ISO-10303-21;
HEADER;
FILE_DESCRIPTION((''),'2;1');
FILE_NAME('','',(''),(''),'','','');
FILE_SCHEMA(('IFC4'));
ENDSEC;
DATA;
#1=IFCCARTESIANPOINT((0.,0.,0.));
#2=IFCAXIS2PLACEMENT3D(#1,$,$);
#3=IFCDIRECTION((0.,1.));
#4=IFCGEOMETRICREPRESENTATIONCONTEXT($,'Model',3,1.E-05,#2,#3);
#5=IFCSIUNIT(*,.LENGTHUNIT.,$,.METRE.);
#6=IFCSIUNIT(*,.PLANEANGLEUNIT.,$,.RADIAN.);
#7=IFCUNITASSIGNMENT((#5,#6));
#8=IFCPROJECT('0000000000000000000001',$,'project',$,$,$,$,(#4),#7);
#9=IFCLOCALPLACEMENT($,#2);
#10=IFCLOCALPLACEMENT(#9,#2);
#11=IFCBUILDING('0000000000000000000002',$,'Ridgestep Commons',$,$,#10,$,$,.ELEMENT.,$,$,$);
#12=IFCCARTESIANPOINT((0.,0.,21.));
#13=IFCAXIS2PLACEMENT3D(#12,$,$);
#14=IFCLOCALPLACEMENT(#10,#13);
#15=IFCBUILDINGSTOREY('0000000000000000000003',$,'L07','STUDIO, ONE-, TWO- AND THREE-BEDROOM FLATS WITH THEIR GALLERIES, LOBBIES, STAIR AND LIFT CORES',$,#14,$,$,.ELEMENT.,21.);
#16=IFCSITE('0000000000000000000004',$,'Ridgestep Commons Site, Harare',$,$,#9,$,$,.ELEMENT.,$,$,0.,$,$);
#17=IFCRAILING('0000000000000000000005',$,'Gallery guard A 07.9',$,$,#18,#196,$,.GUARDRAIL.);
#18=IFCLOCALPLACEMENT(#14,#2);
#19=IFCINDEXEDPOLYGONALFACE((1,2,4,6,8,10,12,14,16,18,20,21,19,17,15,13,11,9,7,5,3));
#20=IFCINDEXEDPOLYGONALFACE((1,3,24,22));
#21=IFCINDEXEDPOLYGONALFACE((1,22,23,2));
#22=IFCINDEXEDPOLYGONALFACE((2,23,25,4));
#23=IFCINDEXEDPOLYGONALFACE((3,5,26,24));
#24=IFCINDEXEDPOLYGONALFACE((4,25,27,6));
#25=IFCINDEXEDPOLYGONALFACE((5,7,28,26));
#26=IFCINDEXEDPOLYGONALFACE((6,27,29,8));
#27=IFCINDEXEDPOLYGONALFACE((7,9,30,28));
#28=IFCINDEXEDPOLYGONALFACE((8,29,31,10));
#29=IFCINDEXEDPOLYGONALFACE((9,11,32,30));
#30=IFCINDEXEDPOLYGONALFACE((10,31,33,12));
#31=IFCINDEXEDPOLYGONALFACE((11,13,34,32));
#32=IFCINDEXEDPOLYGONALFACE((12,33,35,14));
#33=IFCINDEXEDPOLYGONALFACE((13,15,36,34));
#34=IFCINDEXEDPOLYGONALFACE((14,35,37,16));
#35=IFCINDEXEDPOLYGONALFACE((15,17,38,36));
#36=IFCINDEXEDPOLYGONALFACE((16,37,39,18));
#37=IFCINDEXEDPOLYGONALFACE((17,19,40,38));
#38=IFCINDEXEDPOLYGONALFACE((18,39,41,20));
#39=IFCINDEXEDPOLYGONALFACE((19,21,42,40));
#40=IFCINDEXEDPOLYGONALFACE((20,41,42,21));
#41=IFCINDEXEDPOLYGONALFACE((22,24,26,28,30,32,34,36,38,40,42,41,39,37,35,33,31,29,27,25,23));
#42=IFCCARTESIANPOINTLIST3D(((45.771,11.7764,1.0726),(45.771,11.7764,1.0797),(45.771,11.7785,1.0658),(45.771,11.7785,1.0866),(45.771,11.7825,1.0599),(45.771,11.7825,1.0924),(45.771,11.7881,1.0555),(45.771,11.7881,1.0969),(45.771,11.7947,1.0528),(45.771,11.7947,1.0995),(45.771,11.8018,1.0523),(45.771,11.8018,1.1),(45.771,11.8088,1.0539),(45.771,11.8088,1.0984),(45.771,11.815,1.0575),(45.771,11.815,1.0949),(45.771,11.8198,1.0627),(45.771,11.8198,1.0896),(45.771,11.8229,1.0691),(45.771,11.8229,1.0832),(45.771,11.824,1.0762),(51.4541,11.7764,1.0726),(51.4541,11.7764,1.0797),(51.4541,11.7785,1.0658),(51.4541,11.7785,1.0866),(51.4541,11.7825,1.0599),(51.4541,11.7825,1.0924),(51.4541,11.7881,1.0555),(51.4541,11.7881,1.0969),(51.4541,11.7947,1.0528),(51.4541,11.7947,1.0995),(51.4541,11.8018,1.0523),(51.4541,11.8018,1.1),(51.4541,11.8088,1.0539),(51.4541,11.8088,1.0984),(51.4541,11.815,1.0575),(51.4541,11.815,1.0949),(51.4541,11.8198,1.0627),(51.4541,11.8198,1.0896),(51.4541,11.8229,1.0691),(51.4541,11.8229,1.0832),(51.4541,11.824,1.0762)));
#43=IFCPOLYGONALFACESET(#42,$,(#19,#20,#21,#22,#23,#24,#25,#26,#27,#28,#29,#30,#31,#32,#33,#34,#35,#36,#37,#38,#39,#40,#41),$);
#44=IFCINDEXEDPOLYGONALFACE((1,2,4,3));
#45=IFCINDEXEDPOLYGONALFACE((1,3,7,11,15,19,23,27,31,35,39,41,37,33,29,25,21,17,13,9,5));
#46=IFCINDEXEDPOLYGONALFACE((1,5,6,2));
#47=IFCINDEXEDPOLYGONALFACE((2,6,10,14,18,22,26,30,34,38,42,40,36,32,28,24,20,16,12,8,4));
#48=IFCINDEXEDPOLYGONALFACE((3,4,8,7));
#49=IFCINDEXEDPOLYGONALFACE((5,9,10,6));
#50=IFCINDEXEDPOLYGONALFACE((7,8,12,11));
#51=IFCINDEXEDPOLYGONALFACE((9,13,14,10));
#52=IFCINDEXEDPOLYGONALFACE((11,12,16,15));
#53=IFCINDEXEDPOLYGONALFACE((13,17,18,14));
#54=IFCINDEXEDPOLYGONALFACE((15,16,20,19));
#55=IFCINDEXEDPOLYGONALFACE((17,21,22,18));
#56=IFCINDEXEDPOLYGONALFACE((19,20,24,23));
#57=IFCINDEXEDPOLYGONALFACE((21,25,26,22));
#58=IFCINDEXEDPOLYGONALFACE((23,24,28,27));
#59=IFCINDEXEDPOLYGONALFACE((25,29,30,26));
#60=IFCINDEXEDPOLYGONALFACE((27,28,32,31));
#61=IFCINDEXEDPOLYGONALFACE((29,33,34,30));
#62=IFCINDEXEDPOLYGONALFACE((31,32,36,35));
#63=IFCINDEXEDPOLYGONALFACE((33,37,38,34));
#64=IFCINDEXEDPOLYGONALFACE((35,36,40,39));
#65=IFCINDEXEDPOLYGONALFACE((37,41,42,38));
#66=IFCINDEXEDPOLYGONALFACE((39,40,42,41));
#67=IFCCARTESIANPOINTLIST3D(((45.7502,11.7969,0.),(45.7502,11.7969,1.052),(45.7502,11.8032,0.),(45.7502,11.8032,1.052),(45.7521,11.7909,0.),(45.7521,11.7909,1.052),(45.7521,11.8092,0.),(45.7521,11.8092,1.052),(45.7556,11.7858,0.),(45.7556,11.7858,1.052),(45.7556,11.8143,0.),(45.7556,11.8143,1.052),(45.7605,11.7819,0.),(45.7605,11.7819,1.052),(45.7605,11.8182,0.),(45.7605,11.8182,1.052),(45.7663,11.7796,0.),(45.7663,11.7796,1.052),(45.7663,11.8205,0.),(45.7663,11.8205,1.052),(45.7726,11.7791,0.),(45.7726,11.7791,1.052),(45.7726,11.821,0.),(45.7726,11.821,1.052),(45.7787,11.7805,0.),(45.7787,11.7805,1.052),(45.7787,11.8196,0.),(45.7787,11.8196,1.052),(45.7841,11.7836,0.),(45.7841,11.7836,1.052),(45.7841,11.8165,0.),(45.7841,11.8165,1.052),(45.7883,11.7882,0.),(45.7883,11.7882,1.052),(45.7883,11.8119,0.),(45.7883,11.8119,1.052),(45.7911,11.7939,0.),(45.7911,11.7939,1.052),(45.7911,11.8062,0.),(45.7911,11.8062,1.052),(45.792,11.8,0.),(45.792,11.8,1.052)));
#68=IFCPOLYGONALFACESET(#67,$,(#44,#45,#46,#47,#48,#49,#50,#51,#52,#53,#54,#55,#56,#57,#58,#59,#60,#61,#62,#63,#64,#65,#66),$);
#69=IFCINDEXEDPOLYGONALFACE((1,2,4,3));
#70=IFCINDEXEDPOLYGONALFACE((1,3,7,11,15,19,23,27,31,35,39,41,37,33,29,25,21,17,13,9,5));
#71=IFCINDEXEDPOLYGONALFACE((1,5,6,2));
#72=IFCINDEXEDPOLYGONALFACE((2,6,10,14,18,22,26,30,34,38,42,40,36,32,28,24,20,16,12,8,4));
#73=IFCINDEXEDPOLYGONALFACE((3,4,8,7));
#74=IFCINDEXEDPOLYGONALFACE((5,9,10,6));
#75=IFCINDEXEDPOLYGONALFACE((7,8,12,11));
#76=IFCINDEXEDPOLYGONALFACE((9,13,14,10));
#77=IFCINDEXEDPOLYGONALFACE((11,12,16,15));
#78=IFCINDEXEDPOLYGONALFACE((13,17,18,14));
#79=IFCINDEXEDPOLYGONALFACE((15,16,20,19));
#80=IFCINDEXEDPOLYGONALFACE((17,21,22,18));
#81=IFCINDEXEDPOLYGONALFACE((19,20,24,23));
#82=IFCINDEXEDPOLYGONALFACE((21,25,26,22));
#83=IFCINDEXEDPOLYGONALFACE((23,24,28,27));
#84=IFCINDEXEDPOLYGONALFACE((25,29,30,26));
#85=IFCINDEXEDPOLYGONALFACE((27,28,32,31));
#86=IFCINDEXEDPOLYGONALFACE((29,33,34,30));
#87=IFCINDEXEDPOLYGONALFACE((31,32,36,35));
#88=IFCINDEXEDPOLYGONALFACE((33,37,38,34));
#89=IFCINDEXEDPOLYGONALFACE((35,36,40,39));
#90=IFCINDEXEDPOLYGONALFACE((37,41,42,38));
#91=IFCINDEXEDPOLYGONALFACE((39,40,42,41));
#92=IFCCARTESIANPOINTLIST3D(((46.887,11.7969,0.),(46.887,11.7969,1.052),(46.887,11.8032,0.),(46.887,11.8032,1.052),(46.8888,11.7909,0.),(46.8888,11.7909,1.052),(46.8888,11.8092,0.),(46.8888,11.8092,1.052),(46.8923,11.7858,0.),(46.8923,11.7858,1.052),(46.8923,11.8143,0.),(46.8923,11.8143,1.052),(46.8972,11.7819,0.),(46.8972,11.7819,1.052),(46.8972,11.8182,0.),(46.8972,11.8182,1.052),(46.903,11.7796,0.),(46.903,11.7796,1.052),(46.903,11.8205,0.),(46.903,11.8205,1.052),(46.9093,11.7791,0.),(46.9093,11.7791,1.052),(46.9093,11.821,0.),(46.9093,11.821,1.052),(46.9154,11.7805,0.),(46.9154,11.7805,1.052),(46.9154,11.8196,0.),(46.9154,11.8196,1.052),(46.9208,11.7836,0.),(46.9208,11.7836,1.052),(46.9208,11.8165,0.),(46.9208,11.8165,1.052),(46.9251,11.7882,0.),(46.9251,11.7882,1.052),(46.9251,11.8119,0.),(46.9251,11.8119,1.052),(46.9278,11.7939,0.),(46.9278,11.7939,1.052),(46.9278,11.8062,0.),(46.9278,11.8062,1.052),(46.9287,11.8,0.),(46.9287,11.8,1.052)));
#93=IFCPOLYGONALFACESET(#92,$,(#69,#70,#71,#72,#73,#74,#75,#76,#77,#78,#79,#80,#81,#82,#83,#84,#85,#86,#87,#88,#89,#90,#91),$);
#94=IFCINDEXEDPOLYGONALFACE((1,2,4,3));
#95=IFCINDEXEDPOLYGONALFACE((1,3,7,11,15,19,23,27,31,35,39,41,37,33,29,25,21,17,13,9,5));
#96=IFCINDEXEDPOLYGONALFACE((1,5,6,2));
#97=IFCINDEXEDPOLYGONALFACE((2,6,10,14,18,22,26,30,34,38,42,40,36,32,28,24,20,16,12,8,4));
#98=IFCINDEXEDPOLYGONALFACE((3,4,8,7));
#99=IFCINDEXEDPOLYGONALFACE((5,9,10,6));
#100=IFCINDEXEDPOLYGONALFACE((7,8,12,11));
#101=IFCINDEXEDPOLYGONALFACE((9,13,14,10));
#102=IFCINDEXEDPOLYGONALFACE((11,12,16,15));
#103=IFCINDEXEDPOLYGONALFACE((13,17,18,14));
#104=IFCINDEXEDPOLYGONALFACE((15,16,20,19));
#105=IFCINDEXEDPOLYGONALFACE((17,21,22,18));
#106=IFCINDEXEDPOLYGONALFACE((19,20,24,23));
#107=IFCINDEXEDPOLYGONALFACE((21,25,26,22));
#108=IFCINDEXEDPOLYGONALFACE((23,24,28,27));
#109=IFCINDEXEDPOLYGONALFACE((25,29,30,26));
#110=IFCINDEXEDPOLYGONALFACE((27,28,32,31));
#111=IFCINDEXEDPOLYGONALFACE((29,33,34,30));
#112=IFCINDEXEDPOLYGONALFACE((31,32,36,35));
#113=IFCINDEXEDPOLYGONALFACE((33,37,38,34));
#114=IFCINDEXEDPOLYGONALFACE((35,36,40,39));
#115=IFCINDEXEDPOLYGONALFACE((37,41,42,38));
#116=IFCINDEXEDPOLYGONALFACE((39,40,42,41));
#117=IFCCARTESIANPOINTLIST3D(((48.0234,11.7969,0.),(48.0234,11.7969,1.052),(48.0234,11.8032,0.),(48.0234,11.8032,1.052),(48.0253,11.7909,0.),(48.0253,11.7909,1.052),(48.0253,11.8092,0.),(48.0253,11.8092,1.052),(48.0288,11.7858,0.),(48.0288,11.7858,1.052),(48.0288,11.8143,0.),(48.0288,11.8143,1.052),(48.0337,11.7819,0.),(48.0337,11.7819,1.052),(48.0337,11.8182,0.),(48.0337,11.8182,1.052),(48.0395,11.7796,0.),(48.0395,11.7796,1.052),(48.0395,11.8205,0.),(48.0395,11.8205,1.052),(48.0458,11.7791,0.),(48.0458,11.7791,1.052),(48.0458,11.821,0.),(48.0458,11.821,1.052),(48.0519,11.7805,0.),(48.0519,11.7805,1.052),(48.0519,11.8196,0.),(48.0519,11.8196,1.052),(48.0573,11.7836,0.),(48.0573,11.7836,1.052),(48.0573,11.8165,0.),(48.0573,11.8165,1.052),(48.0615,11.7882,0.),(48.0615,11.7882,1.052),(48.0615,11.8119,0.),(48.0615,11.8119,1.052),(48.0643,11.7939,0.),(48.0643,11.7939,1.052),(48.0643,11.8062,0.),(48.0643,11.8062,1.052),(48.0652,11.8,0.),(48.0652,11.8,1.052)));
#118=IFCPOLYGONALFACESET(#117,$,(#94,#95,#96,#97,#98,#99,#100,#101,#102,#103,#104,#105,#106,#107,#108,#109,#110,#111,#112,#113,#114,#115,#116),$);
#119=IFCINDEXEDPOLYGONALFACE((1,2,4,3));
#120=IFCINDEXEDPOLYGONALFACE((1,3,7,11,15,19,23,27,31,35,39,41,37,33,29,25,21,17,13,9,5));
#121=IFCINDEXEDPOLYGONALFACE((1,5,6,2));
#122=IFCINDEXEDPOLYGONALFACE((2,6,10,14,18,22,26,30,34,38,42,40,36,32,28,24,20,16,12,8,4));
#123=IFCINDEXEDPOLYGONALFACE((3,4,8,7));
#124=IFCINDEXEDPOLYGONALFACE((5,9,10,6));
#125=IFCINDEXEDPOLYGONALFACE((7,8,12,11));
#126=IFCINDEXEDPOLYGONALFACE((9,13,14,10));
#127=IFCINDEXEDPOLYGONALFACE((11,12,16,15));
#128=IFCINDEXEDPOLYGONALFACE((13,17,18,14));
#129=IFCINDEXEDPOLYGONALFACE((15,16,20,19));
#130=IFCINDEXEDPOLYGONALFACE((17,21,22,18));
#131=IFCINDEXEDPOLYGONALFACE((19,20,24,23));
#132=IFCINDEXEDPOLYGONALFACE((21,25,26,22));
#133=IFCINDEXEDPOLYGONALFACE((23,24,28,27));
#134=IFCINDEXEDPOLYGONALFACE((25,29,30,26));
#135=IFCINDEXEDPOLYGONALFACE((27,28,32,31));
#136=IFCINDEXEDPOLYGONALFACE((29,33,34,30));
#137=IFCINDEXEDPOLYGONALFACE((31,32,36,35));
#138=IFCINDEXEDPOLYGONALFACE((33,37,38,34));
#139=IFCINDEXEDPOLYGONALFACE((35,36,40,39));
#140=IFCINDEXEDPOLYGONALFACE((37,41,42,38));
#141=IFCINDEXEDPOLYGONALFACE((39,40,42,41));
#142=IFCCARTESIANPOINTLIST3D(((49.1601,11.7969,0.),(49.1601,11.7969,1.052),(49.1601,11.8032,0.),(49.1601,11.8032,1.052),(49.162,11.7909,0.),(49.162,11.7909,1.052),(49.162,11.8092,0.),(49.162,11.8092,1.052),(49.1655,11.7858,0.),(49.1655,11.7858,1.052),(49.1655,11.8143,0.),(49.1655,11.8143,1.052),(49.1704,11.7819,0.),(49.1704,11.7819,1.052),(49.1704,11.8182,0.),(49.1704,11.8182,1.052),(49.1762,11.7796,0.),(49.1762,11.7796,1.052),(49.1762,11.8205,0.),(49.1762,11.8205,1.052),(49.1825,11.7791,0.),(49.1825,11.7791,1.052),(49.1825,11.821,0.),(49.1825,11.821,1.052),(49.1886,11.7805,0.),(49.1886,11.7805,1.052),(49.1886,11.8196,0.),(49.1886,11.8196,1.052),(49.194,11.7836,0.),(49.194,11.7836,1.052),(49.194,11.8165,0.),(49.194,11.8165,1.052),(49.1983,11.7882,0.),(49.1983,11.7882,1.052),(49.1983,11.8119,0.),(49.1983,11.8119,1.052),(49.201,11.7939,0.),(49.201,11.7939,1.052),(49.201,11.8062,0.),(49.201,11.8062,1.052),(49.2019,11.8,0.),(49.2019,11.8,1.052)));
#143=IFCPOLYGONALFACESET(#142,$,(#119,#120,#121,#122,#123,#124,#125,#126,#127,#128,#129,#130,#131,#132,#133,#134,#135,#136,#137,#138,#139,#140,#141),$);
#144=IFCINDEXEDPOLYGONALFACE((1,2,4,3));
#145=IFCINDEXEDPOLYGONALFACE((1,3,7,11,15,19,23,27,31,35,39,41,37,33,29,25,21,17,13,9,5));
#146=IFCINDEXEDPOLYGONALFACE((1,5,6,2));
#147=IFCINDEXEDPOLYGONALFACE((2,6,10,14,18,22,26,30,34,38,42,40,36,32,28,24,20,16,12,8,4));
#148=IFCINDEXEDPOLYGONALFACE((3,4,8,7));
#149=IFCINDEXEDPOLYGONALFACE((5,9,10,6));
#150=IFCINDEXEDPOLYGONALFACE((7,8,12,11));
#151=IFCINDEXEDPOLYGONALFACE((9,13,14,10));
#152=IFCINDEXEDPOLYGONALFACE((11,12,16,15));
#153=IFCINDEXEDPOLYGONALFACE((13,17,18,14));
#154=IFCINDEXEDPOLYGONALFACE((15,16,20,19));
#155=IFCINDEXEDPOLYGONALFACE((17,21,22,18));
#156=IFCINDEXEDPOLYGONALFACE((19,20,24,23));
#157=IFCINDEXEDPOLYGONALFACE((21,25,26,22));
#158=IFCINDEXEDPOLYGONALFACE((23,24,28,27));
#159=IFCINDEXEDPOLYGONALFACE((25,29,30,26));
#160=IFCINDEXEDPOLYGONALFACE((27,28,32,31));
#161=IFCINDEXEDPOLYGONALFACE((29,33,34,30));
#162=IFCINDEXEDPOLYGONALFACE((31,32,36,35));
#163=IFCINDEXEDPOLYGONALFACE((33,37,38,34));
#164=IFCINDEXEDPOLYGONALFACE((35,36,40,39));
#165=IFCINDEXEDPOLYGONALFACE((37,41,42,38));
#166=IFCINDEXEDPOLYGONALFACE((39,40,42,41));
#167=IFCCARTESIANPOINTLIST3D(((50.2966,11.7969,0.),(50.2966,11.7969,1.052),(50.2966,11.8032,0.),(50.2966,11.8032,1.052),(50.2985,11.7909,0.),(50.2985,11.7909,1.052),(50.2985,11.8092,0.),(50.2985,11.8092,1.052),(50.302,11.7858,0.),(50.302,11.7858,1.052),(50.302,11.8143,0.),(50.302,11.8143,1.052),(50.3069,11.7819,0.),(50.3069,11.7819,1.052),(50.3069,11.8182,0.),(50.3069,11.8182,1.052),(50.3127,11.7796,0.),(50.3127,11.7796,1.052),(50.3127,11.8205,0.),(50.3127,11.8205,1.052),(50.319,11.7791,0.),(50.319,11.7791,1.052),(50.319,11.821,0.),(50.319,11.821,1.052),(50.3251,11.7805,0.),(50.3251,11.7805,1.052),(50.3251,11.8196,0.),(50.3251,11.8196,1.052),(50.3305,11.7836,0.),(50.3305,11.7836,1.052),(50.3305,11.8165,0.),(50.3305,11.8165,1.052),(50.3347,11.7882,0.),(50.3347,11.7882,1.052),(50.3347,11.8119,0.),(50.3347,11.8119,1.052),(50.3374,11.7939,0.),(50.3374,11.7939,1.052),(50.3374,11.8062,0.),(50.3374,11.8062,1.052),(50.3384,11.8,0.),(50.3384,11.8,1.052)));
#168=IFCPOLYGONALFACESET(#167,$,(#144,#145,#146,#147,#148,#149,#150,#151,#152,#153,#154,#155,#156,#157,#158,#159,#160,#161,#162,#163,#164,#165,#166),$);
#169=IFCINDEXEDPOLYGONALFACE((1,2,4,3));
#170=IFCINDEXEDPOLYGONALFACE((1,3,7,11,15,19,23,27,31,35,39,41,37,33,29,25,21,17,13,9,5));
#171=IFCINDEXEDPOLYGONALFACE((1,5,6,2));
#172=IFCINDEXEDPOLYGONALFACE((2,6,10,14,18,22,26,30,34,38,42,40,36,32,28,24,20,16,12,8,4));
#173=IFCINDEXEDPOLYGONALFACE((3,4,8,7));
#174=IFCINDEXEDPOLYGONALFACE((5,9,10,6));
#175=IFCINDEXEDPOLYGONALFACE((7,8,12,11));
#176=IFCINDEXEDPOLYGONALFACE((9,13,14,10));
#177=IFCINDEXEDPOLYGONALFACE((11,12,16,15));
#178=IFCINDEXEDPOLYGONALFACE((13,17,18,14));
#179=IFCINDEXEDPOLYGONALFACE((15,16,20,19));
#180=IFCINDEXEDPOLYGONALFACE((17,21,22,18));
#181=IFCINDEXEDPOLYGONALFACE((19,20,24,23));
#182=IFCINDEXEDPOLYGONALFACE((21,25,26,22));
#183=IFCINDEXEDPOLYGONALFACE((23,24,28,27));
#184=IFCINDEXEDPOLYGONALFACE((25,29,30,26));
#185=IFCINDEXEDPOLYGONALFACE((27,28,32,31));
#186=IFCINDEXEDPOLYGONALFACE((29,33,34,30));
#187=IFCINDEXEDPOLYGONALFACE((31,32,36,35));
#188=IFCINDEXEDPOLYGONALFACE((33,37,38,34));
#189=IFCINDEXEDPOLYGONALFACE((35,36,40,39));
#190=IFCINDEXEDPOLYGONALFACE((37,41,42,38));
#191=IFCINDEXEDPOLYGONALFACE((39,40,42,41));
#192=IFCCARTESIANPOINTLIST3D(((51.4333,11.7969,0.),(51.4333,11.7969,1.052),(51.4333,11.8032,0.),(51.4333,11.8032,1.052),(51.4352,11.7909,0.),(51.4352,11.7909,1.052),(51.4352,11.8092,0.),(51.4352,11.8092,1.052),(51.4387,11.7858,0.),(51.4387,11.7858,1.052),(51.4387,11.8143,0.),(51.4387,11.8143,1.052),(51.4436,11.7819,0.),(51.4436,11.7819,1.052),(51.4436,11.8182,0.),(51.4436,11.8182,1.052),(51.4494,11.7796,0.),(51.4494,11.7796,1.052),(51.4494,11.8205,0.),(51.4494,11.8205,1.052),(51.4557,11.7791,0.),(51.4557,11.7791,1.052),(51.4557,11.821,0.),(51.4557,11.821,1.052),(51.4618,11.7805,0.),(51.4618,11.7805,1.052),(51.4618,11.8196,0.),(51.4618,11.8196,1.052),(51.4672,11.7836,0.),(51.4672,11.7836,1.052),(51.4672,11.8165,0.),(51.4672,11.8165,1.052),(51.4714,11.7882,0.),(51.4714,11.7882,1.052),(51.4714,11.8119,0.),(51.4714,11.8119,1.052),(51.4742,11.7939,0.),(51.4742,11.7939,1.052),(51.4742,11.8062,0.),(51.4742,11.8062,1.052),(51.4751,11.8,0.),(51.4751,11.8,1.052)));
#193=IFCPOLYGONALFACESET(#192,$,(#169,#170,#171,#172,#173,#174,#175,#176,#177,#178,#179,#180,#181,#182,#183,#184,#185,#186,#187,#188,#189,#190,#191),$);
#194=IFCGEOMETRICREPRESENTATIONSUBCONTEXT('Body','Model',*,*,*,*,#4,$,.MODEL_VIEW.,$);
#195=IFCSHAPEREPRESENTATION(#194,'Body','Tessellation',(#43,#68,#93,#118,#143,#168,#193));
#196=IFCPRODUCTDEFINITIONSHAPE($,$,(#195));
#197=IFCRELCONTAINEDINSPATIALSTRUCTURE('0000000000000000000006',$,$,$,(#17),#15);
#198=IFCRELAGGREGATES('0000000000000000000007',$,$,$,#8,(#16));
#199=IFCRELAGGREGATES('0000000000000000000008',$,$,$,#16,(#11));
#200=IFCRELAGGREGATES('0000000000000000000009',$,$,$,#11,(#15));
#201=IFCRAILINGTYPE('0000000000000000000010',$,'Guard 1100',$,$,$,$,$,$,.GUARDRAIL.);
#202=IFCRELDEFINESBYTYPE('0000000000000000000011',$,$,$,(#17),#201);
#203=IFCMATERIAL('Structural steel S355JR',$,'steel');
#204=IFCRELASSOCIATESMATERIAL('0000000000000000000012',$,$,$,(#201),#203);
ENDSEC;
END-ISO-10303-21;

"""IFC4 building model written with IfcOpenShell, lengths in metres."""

from ifc_helpers import new_model, si_unit, direction, frame, origin, origin_2d, place, context, subcontext, project, spatial, circle, extrude, material, type_object, element, save


model = new_model("IFC4")

# Units and contexts
model_context = context("Model", 3, precision=1e-05, world=origin(), true_north=direction((0.0, 1.0)))
body_context = subcontext(model_context, "Body", "Model", "MODEL_VIEW")
ifc_project = project(units=[si_unit("LENGTHUNIT", "METRE"), si_unit("PLANEANGLEUNIT", "RADIAN")], contexts=[model_context])

# Site, building, storey
site_placement = place(None, origin())
site = spatial("IfcSite", under=ifc_project, at=site_placement, Name="Ridgestep Commons Site, Harare", CompositionType="ELEMENT", RefElevation=0.0)
building_placement = place(site_placement, origin())
building = spatial("IfcBuilding", under=site, at=building_placement, Name="Ridgestep Commons", CompositionType="ELEMENT")
storey_placement = place(building_placement, frame((0.0, 0.0, 21.0)))
storey = spatial("IfcBuildingStorey", under=building, at=storey_placement, Name="L07", Description="STUDIO, ONE-, TWO- AND THREE-BEDROOM FLATS WITH THEIR GALLERIES, LOBBIES, STAIR AND LIFT CORES", CompositionType="ELEMENT", Elevation=21.0)

# Railing
ifc_material_1 = material(Name="Structural steel S355JR", Category="steel")
railing_type_1 = type_object("IfcRailingType", Name="Guard 1100", PredefinedType="GUARDRAIL", material=ifc_material_1)
railing_1_placement = place(storey_placement, frame((45.771, 11.8, 0.0)))
element("IfcRailing", 1, at=railing_1_placement, inside=storey, type_object=railing_type_1, Name="Gallery guard A 07.9", PredefinedType="GUARDRAIL", context=body_context, shape_type="SweptSolid", body=[
    extrude(circle(Radius=0.0239, at=origin_2d()), frame((0.0, 0.0, 1.0762), z_axis=(1.0, 0.0, 0.0), x_axis=(0.0, 1.0, 0.0)), (0.0, 0.0, 1.0), 5.6831),
    extrude(circle(Radius=0.021, at=origin_2d()), origin(), (0.0, 0.0, 1.0), 1.052),
    extrude(circle(Radius=0.021, at=origin_2d()), frame((1.1367, 0.0, 0.0)), (0.0, 0.0, 1.0), 1.052),
    extrude(circle(Radius=0.021, at=origin_2d()), frame((2.2732, 0.0, 0.0)), (0.0, 0.0, 1.0), 1.052),
    extrude(circle(Radius=0.021, at=origin_2d()), frame((3.4099, 0.0, 0.0)), (0.0, 0.0, 1.0), 1.052),
    extrude(circle(Radius=0.021, at=origin_2d()), frame((4.5464, 0.0, 0.0)), (0.0, 0.0, 1.0), 1.052),
    extrude(circle(Radius=0.021, at=origin_2d()), frame((5.6831, 0.0, 0.0)), (0.0, 0.0, 1.0), 1.052),
])

save(model, "model.ifc")
